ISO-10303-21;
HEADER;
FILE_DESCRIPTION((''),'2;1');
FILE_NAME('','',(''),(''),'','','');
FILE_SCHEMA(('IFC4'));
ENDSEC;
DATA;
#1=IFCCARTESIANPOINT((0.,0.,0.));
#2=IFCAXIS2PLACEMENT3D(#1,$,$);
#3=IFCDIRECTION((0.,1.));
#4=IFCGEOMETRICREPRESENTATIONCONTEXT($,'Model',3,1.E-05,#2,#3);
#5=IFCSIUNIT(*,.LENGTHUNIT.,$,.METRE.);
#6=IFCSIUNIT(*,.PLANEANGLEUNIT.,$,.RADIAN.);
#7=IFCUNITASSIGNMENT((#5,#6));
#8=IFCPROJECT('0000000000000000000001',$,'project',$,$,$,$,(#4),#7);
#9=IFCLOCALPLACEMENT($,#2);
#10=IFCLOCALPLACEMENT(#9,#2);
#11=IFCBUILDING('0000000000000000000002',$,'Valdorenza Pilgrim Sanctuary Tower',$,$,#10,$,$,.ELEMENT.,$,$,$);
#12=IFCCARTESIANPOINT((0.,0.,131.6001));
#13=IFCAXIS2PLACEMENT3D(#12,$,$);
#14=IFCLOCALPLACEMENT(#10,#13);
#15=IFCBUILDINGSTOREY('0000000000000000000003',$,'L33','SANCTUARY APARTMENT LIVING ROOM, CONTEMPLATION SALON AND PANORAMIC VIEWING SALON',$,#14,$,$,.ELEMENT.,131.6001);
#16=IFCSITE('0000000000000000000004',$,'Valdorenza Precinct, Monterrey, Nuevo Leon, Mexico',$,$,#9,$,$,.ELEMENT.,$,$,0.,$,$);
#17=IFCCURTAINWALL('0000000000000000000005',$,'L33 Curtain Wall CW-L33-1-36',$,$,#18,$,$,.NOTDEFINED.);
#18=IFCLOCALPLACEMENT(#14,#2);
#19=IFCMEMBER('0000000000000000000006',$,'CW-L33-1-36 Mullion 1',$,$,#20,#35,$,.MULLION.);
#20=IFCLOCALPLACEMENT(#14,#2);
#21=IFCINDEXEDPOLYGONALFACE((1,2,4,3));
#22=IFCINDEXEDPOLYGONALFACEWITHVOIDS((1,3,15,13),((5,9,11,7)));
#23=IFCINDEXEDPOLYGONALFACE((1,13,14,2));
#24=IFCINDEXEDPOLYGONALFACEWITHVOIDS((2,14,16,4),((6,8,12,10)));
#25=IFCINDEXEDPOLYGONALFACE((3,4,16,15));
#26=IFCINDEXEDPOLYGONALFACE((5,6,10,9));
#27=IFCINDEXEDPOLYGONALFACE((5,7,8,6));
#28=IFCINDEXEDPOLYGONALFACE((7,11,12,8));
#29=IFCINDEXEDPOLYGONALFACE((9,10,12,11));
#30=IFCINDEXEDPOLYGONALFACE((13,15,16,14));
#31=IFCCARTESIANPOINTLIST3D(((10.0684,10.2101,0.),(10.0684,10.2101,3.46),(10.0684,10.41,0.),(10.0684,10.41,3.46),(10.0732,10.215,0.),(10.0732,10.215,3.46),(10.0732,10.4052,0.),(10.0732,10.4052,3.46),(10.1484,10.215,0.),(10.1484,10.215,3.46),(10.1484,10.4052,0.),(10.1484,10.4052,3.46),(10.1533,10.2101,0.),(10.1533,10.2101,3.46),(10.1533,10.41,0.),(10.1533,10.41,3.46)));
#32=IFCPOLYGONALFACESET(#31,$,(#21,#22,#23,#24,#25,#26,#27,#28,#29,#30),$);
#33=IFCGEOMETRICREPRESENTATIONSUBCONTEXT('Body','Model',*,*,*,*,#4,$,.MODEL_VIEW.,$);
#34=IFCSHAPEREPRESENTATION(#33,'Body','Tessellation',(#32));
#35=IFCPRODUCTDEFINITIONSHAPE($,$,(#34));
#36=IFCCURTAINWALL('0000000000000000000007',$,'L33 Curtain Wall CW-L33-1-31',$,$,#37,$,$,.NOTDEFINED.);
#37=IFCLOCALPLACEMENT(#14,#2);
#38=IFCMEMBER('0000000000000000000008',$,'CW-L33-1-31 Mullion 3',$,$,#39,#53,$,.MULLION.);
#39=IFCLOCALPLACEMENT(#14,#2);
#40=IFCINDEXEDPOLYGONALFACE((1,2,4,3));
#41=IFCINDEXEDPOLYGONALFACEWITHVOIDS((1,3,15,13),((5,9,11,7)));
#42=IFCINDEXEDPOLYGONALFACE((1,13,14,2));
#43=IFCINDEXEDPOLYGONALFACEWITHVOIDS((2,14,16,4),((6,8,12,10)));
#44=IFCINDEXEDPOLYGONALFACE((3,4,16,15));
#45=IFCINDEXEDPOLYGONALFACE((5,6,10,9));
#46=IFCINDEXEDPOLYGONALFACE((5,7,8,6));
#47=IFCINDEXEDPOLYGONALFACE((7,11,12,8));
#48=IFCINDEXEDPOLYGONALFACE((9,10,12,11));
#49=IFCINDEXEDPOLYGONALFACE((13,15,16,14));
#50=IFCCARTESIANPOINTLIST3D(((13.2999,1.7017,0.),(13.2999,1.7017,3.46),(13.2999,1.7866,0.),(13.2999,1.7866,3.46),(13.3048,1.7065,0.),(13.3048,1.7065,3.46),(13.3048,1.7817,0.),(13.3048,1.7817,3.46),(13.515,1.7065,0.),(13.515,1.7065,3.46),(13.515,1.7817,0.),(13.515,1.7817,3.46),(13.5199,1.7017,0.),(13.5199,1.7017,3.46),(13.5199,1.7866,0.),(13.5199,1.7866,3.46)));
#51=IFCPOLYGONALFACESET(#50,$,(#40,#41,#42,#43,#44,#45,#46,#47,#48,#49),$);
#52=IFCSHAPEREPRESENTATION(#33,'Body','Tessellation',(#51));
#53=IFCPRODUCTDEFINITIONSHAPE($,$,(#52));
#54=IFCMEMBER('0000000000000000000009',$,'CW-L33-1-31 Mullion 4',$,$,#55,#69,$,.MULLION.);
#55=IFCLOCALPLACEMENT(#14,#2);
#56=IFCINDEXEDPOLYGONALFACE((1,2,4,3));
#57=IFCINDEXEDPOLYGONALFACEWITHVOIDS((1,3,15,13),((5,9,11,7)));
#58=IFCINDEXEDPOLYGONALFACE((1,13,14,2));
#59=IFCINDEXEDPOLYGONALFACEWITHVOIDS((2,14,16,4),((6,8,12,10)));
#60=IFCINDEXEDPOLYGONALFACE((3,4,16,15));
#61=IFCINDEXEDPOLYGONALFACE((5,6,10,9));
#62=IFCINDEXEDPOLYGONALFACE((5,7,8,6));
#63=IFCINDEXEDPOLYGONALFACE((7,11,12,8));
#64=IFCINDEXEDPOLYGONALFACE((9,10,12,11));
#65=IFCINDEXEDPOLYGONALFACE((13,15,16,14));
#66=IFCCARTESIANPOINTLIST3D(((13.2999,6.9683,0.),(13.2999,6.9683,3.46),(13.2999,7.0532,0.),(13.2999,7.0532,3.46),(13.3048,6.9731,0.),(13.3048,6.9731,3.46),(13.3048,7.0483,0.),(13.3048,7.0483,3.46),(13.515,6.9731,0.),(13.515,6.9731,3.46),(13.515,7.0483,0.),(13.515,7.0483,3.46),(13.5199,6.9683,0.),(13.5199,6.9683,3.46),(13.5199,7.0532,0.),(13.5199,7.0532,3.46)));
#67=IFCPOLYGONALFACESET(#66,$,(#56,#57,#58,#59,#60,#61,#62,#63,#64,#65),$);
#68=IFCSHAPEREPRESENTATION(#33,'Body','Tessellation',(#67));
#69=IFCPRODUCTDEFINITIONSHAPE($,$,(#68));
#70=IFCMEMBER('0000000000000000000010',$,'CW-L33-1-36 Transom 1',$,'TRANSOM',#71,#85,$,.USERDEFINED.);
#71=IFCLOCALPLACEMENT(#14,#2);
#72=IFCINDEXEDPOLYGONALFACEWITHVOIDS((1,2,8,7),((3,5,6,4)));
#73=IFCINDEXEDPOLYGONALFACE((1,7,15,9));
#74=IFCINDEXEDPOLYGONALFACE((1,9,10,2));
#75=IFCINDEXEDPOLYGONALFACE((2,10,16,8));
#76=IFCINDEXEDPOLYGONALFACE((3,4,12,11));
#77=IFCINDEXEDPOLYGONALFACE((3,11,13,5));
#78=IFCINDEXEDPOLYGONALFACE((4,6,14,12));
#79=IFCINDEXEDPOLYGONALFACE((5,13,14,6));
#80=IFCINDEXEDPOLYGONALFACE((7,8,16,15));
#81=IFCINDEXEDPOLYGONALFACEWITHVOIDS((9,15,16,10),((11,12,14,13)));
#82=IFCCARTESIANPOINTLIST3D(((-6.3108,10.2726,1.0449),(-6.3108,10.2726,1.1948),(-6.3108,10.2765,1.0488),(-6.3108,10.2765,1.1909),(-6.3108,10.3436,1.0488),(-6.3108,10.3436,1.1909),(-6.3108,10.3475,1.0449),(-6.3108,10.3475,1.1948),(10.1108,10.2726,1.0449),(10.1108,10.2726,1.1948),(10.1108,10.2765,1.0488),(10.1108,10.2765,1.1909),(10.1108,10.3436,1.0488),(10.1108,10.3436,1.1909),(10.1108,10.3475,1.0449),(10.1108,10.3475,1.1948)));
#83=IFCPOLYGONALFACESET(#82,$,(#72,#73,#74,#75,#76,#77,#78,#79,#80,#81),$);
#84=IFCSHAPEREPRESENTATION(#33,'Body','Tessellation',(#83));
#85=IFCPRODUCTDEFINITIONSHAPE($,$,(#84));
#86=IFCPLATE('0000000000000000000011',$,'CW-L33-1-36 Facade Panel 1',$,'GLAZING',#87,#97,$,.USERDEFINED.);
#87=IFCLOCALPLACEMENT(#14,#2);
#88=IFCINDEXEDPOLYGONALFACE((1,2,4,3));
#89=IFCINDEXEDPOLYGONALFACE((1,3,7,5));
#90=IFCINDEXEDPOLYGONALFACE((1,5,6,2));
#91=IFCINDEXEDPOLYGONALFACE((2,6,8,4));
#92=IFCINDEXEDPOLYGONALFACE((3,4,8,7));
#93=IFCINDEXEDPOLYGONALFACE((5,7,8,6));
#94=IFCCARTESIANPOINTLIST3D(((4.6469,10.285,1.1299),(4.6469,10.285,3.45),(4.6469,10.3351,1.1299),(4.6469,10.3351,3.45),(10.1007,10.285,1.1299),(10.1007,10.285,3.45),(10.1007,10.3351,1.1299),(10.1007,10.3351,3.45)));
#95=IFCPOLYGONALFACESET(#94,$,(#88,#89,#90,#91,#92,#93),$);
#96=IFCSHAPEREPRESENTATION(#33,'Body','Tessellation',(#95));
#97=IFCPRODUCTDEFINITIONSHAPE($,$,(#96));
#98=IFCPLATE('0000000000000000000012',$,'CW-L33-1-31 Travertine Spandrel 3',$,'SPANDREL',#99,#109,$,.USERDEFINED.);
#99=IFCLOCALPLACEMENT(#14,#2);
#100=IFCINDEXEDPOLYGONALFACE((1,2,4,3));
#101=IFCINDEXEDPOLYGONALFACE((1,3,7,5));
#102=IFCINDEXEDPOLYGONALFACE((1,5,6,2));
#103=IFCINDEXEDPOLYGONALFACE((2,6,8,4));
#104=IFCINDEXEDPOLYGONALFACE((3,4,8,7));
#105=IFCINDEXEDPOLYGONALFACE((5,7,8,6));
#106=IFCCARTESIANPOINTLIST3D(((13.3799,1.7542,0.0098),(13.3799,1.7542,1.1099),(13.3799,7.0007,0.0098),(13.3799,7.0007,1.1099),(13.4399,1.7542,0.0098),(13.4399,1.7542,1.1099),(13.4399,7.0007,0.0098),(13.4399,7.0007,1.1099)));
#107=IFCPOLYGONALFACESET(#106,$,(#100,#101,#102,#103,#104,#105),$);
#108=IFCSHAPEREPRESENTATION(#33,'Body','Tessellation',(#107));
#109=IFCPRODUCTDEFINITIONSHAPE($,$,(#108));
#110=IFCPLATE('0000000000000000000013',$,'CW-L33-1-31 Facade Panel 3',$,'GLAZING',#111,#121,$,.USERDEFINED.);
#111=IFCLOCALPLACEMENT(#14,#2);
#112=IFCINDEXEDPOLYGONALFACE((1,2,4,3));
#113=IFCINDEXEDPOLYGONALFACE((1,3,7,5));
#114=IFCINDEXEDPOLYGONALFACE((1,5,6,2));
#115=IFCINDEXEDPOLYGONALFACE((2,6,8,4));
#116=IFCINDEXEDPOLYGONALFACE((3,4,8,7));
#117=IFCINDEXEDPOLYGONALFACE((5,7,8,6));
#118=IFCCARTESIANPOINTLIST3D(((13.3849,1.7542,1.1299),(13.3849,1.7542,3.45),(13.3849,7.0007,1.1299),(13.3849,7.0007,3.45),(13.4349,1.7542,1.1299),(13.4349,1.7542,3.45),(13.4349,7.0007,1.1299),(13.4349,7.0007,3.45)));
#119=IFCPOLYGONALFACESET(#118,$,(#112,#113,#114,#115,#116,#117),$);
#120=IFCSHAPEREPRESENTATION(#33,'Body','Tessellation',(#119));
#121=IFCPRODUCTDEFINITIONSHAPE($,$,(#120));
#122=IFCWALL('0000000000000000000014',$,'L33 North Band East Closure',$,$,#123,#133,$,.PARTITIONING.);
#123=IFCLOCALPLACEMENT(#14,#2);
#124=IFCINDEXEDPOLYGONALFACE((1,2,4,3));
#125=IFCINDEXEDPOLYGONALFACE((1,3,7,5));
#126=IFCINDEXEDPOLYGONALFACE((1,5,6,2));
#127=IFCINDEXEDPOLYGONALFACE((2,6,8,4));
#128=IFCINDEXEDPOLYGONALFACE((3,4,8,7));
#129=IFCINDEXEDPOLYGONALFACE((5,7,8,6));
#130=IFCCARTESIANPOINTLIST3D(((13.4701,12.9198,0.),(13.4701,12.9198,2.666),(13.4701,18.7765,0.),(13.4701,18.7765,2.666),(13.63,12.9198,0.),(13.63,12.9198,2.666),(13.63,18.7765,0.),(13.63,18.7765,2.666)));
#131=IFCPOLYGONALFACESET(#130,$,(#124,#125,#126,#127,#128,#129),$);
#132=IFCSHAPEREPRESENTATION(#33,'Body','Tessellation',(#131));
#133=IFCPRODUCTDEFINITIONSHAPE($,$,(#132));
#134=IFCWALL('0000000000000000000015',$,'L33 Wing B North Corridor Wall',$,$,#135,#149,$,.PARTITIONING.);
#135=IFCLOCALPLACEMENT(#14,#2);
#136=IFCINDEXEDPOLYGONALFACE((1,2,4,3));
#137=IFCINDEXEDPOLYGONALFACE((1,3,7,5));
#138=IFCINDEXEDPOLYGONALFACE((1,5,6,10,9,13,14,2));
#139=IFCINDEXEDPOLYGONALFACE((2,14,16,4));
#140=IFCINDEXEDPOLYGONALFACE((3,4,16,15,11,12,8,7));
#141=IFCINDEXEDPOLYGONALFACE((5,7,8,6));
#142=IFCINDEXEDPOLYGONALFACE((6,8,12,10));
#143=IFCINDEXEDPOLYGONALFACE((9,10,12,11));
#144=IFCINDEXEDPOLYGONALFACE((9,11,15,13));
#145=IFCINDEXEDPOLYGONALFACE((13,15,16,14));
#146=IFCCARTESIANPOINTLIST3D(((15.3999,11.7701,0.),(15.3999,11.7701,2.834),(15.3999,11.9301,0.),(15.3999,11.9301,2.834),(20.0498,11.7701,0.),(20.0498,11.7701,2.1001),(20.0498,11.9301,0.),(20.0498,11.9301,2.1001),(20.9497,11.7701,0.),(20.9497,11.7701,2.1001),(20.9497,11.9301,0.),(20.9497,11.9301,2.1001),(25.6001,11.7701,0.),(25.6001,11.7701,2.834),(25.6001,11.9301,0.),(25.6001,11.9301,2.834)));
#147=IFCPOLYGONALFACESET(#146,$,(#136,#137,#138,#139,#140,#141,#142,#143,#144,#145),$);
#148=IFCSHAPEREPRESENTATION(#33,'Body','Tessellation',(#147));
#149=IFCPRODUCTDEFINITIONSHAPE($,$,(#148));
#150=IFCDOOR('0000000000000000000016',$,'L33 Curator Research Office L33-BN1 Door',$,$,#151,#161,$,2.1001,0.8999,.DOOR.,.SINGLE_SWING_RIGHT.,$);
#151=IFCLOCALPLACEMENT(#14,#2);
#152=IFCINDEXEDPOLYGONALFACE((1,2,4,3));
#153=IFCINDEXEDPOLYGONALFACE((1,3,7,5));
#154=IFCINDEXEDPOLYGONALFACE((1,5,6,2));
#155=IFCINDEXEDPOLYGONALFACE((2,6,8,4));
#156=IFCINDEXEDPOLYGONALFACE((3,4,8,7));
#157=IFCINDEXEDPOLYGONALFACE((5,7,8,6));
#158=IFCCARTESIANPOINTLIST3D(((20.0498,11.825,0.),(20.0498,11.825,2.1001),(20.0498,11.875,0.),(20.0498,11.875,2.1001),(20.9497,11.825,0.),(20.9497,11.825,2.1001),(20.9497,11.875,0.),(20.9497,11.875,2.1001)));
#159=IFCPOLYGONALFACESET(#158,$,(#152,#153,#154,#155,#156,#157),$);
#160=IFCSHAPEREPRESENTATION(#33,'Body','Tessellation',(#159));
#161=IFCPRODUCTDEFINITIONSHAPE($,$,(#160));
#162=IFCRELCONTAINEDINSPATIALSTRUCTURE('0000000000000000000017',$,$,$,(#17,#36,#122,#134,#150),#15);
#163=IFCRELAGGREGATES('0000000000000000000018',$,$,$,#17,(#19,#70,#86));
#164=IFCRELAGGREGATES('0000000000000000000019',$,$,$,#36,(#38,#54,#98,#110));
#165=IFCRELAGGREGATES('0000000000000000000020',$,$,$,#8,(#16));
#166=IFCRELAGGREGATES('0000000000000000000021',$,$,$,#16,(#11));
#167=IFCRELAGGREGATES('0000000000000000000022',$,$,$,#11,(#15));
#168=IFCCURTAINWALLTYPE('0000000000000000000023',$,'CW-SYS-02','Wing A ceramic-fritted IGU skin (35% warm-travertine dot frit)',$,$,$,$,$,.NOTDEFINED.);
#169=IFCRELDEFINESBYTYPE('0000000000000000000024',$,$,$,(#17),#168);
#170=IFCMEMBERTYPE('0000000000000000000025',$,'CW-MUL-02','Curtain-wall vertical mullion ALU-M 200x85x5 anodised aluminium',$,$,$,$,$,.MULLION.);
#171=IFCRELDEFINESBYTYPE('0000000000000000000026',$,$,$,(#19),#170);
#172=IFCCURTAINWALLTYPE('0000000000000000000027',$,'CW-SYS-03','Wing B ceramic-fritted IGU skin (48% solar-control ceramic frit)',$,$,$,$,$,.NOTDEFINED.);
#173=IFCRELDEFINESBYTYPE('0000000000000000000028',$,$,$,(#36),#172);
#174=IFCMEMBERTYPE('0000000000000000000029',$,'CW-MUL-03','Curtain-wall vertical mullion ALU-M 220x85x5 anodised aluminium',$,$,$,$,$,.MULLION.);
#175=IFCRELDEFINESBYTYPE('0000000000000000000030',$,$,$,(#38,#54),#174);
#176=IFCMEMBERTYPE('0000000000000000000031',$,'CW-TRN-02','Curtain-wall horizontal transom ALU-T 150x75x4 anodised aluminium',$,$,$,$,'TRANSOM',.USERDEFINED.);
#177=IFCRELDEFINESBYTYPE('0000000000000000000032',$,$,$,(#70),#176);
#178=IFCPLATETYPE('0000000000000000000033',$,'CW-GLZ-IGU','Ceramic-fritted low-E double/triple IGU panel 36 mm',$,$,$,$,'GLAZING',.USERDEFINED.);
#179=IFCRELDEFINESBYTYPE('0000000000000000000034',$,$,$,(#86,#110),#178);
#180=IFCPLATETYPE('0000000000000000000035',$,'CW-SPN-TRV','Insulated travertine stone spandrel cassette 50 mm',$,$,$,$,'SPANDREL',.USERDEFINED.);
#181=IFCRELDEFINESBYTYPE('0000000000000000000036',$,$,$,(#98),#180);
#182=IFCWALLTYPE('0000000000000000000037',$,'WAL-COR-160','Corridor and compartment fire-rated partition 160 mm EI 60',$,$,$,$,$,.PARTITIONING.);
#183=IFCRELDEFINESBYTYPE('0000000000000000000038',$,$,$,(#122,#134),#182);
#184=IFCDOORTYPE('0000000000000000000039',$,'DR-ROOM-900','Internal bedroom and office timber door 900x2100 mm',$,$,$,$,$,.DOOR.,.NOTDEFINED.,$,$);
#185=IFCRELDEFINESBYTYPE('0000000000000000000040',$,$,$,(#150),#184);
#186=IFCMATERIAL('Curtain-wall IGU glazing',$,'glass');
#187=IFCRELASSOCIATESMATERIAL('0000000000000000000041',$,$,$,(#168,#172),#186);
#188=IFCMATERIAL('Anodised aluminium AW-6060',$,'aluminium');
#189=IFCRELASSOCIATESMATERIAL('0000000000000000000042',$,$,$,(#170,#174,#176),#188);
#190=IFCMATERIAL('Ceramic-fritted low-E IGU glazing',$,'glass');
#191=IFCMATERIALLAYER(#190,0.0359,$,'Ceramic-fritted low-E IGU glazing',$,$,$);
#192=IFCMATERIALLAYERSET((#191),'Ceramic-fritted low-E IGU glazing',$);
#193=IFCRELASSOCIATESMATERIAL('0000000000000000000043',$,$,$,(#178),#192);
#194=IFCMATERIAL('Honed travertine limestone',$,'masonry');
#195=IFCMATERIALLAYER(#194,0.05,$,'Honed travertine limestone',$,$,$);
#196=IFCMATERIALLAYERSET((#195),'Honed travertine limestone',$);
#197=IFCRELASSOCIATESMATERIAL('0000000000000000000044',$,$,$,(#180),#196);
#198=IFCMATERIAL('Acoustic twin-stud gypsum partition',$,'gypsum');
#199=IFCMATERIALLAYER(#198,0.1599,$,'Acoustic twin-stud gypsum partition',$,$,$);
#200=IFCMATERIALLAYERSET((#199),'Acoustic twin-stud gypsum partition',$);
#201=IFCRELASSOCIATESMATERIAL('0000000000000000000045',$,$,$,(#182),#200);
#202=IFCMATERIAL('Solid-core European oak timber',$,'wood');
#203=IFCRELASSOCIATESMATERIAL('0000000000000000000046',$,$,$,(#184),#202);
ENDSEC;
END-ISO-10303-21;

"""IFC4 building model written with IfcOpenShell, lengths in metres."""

from ifc_helpers import new_model, si_unit, direction, frame, frame_2d, origin, origin_2d, place, context, subcontext, project, spatial, rectangle, hollow_rectangle, extrude, source, transform, mapped, material, layer, layer_set, material_profile, profile_set, type_object, element, fill, aggregate, save


model = new_model("IFC4")

# Units and contexts
model_context = context("Model", 3, precision=1e-05, world=origin(), true_north=direction((0.0, 1.0)))
body_context = subcontext(model_context, "Body", "Model", "MODEL_VIEW")
ifc_project = project(units=[si_unit("LENGTHUNIT", "METRE"), si_unit("PLANEANGLEUNIT", "RADIAN")], contexts=[model_context])

# Site, building, storey
site_placement = place(None, origin())
site = spatial("IfcSite", under=ifc_project, at=site_placement, Name="Valdorenza Precinct, Monterrey, Nuevo Leon, Mexico", CompositionType="ELEMENT", RefElevation=0.0)
building_placement = place(site_placement, origin())
building = spatial("IfcBuilding", under=site, at=building_placement, Name="Valdorenza Pilgrim Sanctuary Tower", CompositionType="ELEMENT")
storey_placement = place(building_placement, frame((0.0, 0.0, 131.6001)))
storey = spatial("IfcBuildingStorey", under=building, at=storey_placement, Name="L33", Description="SANCTUARY APARTMENT LIVING ROOM, CONTEMPLATION SALON AND PANORAMIC VIEWING SALON", CompositionType="ELEMENT", Elevation=131.6001)

# Curtain wall, member
ifc_material_1 = material(Name="Curtain-wall IGU glazing", Category="glass")
curtain_wall_type_1 = type_object("IfcCurtainWallType", Name="CW-SYS-02", Description="Wing A ceramic-fritted IGU skin (35% warm-travertine dot frit)", PredefinedType="NOTDEFINED", material=ifc_material_1)
curtain_wall_1_placement = place(storey_placement, origin())
curtain_wall_1 = element("IfcCurtainWall", 1, at=curtain_wall_1_placement, inside=storey, type_object=curtain_wall_type_1, Name="L33 Curtain Wall CW-L33-1-36", PredefinedType="NOTDEFINED")
ifc_material_2 = material(Name="Anodised aluminium AW-6060", Category="aluminium")
ifc_material_profile_1 = material_profile(ifc_material_2, hollow_rectangle(XDim=0.085, YDim=0.2, WallThickness=0.0049, at=origin_2d()), Name="ALU-M 200x85x5")
ifc_profile_set_1 = profile_set([ifc_material_profile_1], Name="Anodised aluminium AW-6060")
member_type_1 = type_object("IfcMemberType", Name="CW-MUL-02", Description="Curtain-wall vertical mullion ALU-M 200x85x5 anodised aluminium", PredefinedType="MULLION", material=ifc_profile_set_1)
shared_shape_1 = source(origin(), body_context, "Body", "SweptSolid", [
    extrude(hollow_rectangle(XDim=0.085, YDim=0.2, WallThickness=0.0049, at=origin_2d()), origin(), (0.0, 0.0, 1.0), 3.46),
])
member_1_placement = place(storey_placement, frame((10.1108, 10.3101, 0.0), z_axis=(0.0, 0.0, 1.0), x_axis=(-1.0, 0.0, 0.0)))
member_1 = element("IfcMember", 2, at=member_1_placement, type_object=member_type_1, Name="CW-L33-1-36 Mullion 1", PredefinedType="MULLION", context=body_context, shape_type="MappedRepresentation", body=[
    mapped(shared_shape_1, transform((0.0, 0.0, 0.0), x_axis=(1.0, 0.0, 0.0), y_axis=(0.0, 1.0, 0.0), z_axis=(0.0, 0.0, 1.0), scale=1.0)),
])

# Curtain wall, members
curtain_wall_type_2 = type_object("IfcCurtainWallType", Name="CW-SYS-03", Description="Wing B ceramic-fritted IGU skin (48% solar-control ceramic frit)", PredefinedType="NOTDEFINED", material=ifc_material_1)
curtain_wall_2_placement = place(storey_placement, origin())
curtain_wall_2 = element("IfcCurtainWall", 3, at=curtain_wall_2_placement, inside=storey, type_object=curtain_wall_type_2, Name="L33 Curtain Wall CW-L33-1-31", PredefinedType="NOTDEFINED")
ifc_material_profile_2 = material_profile(ifc_material_2, hollow_rectangle(XDim=0.085, YDim=0.22, WallThickness=0.0049, at=origin_2d()), Name="ALU-M 220x85x5")
ifc_profile_set_2 = profile_set([ifc_material_profile_2], Name="Anodised aluminium AW-6060")
member_type_2 = type_object("IfcMemberType", Name="CW-MUL-03", Description="Curtain-wall vertical mullion ALU-M 220x85x5 anodised aluminium", PredefinedType="MULLION", material=ifc_profile_set_2)
shared_shape_2 = source(origin(), body_context, "Body", "SweptSolid", [
    extrude(hollow_rectangle(XDim=0.085, YDim=0.22, WallThickness=0.0049, at=origin_2d()), origin(), (0.0, 0.0, 1.0), 3.46),
])
member_2_placement = place(storey_placement, frame((13.4099, 1.7441, 0.0), z_axis=(0.0, 0.0, 1.0), x_axis=(0.0, 1.0, 0.0)))
member_2 = element("IfcMember", 4, at=member_2_placement, type_object=member_type_2, Name="CW-L33-1-31 Mullion 3", PredefinedType="MULLION", context=body_context, shape_type="MappedRepresentation", body=[
    mapped(shared_shape_2, transform((0.0, 0.0, 0.0), x_axis=(1.0, 0.0, 0.0), y_axis=(0.0, 1.0, 0.0), z_axis=(0.0, 0.0, 1.0), scale=1.0)),
])
member_3_placement = place(storey_placement, frame((13.4099, 7.0107, 0.0), z_axis=(0.0, 0.0, 1.0), x_axis=(0.0, 1.0, 0.0)))
member_3 = element("IfcMember", 5, at=member_3_placement, type_object=member_type_2, Name="CW-L33-1-31 Mullion 4", PredefinedType="MULLION", context=body_context, shape_type="MappedRepresentation", body=[
    mapped(shared_shape_2, transform((0.0, 0.0, 0.0), x_axis=(1.0, 0.0, 0.0), y_axis=(0.0, 1.0, 0.0), z_axis=(0.0, 0.0, 1.0), scale=1.0)),
])

# Member
ifc_material_profile_3 = material_profile(ifc_material_2, hollow_rectangle(XDim=0.075, YDim=0.1499, WallThickness=0.0039, at=origin_2d()), Name="ALU-T 150x75x4")
ifc_profile_set_3 = profile_set([ifc_material_profile_3], Name="Anodised aluminium AW-6060")
member_type_3 = type_object("IfcMemberType", Name="CW-TRN-02", Description="Curtain-wall horizontal transom ALU-T 150x75x4 anodised aluminium", ElementType="TRANSOM", PredefinedType="USERDEFINED", material=ifc_profile_set_3)
shared_shape_3 = source(origin(), body_context, "Body", "SweptSolid", [
    extrude(hollow_rectangle(XDim=0.075, YDim=0.1499, WallThickness=0.0039, at=origin_2d()), origin(), (0.0, 0.0, 1.0), 16.4216),
])
member_4_placement = place(storey_placement, frame((10.1108, 10.3101, 1.1199), z_axis=(-1.0, 0.0, 0.0), x_axis=(0.0, -1.0, 0.0)))
member_4 = element("IfcMember", 6, at=member_4_placement, type_object=member_type_3, Name="CW-L33-1-36 Transom 1", ObjectType="TRANSOM", PredefinedType="USERDEFINED", context=body_context, shape_type="MappedRepresentation", body=[
    mapped(shared_shape_3, transform((0.0, 0.0, 0.0), x_axis=(1.0, 0.0, 0.0), y_axis=(0.0, 1.0, 0.0), z_axis=(0.0, 0.0, 1.0), scale=1.0)),
])

# Plates
ifc_material_3 = material(Name="Ceramic-fritted low-E IGU glazing", Category="glass")
ifc_layer_1 = layer(ifc_material_3, 0.0359, Name="Ceramic-fritted low-E IGU glazing")
ifc_layer_set_1 = layer_set([ifc_layer_1], Name="Ceramic-fritted low-E IGU glazing")
plate_type_1 = type_object("IfcPlateType", Name="CW-GLZ-IGU", Description="Ceramic-fritted low-E double/triple IGU panel 36 mm", ElementType="GLAZING", PredefinedType="USERDEFINED", material=ifc_layer_set_1)
shared_shape_4 = source(origin(), body_context, "Body", "SweptSolid", [
    extrude(rectangle(XDim=5.4539, YDim=0.05, at=origin_2d()), origin(), (0.0, 0.0, 1.0), 2.3201),
])
plate_1_placement = place(storey_placement, frame((7.3738, 10.3101, 1.1299), z_axis=(0.0, 0.0, 1.0), x_axis=(-1.0, 0.0, 0.0)))
plate_1 = element("IfcPlate", 7, at=plate_1_placement, type_object=plate_type_1, Name="CW-L33-1-36 Facade Panel 1", ObjectType="GLAZING", PredefinedType="USERDEFINED", context=body_context, shape_type="MappedRepresentation", body=[
    mapped(shared_shape_4, transform((0.0, 0.0, 0.0), x_axis=(1.0, 0.0, 0.0), y_axis=(0.0, 1.0, 0.0), z_axis=(0.0, 0.0, 1.0), scale=1.0)),
])
aggregate(curtain_wall_1, [member_1, member_4, plate_1])
ifc_material_4 = material(Name="Honed travertine limestone", Category="masonry")
ifc_layer_2 = layer(ifc_material_4, 0.05, Name="Honed travertine limestone")
ifc_layer_set_2 = layer_set([ifc_layer_2], Name="Honed travertine limestone")
plate_type_2 = type_object("IfcPlateType", Name="CW-SPN-TRV", Description="Insulated travertine stone spandrel cassette 50 mm", ElementType="SPANDREL", PredefinedType="USERDEFINED", material=ifc_layer_set_2)
shared_shape_5 = source(origin(), body_context, "Body", "SweptSolid", [
    extrude(rectangle(XDim=5.2466, YDim=0.0601, at=origin_2d()), origin(), (0.0, 0.0, 1.0), 1.1001),
])
plate_2_placement = place(storey_placement, frame((13.4099, 4.3774, 0.0098), z_axis=(0.0, 0.0, 1.0), x_axis=(0.0, 1.0, 0.0)))
plate_2 = element("IfcPlate", 8, at=plate_2_placement, type_object=plate_type_2, Name="CW-L33-1-31 Travertine Spandrel 3", ObjectType="SPANDREL", PredefinedType="USERDEFINED", context=body_context, shape_type="MappedRepresentation", body=[
    mapped(shared_shape_5, transform((0.0, 0.0, 0.0), x_axis=(1.0, 0.0, 0.0), y_axis=(0.0, 1.0, 0.0), z_axis=(0.0, 0.0, 1.0), scale=1.0)),
])
shared_shape_6 = source(origin(), body_context, "Body", "SweptSolid", [
    extrude(rectangle(XDim=5.2466, YDim=0.05, at=origin_2d()), origin(), (0.0, 0.0, 1.0), 2.3201),
])
plate_3_placement = place(storey_placement, frame((13.4099, 4.3774, 1.1299), z_axis=(0.0, 0.0, 1.0), x_axis=(0.0, 1.0, 0.0)))
plate_3 = element("IfcPlate", 9, at=plate_3_placement, type_object=plate_type_1, Name="CW-L33-1-31 Facade Panel 3", ObjectType="GLAZING", PredefinedType="USERDEFINED", context=body_context, shape_type="MappedRepresentation", body=[
    mapped(shared_shape_6, transform((0.0, 0.0, 0.0), x_axis=(1.0, 0.0, 0.0), y_axis=(0.0, 1.0, 0.0), z_axis=(0.0, 0.0, 1.0), scale=1.0)),
])
aggregate(curtain_wall_2, [member_2, member_3, plate_2, plate_3])

# Wall
ifc_material_5 = material(Name="Acoustic twin-stud gypsum partition", Category="gypsum")
ifc_layer_3 = layer(ifc_material_5, 0.1599, Name="Acoustic twin-stud gypsum partition")
ifc_layer_set_3 = layer_set([ifc_layer_3], Name="Acoustic twin-stud gypsum partition")
wall_type_1 = type_object("IfcWallType", Name="WAL-COR-160", Description="Corridor and compartment fire-rated partition 160 mm EI 60", PredefinedType="PARTITIONING", material=ifc_layer_set_3)
wall_1_placement = place(storey_placement, frame((13.55, 12.9199, 0.0), z_axis=(0.0, 0.0, 1.0), x_axis=(0.0, 1.0, 0.0)))
element("IfcWall", 10, at=wall_1_placement, inside=storey, type_object=wall_type_1, Name="L33 North Band East Closure", PredefinedType="PARTITIONING", context=body_context, shape_type="SweptSolid", body=[
    extrude(rectangle(XDim=5.8567, YDim=0.1599, at=frame_2d((2.9282, 0.0))), origin(), (0.0, 0.0, 1.0), 2.666),
])

# Wall, opening, door
wall_2_placement = place(storey_placement, frame((15.3999, 11.8501, 0.0), z_axis=(0.0, 0.0, 1.0), x_axis=(1.0, 0.0, 0.0)))
wall_2 = element("IfcWall", 11, at=wall_2_placement, inside=storey, type_object=wall_type_1, Name="L33 Wing B North Corridor Wall", PredefinedType="PARTITIONING", context=body_context, shape_type="SweptSolid", body=[
    extrude(rectangle(XDim=10.2002, YDim=0.1599, at=frame_2d((5.1001, 0.0))), origin(), (0.0, 0.0, 1.0), 2.834),
])
opening_1_placement = place(wall_2_placement, frame((4.6499, 0.0, 0.0)))
opening_1 = element("IfcOpeningElement", 12, at=opening_1_placement, cuts=wall_2, PredefinedType="OPENING", context=body_context, shape_type="SweptSolid", body=[
    extrude(rectangle(XDim=0.8999, YDim=2.1001, at=frame_2d((0.45, 1.05))), frame((0.0, 0.0947, 0.0), z_axis=(0.0, -1.0, 0.0), x_axis=(1.0, 0.0, 0.0)), (0.0, 0.0, 1.0), 0.1897),
])
ifc_material_6 = material(Name="Solid-core European oak timber", Category="wood")
door_type = type_object("IfcDoorType", Name="DR-ROOM-900", Description="Internal bedroom and office timber door 900x2100 mm", OperationType="NOTDEFINED", PredefinedType="DOOR", material=ifc_material_6)
door_1_placement = place(opening_1_placement, origin())
door_1 = element("IfcDoor", 13, at=door_1_placement, inside=storey, type_object=door_type, Name="L33 Curator Research Office L33-BN1 Door", OperationType="SINGLE_SWING_RIGHT", OverallHeight=2.1001, OverallWidth=0.8999, PredefinedType="DOOR", context=body_context, shape_type="SweptSolid", body=[
    extrude(rectangle(XDim=0.8999, YDim=2.1001, at=frame_2d((0.45, 1.05))), frame((0.0, 0.0249, 0.0), z_axis=(0.0, -1.0, 0.0), x_axis=(1.0, 0.0, 0.0)), (0.0, 0.0, 1.0), 0.05),
])
fill(opening_1, door_1)

save(model, "model.ifc")
